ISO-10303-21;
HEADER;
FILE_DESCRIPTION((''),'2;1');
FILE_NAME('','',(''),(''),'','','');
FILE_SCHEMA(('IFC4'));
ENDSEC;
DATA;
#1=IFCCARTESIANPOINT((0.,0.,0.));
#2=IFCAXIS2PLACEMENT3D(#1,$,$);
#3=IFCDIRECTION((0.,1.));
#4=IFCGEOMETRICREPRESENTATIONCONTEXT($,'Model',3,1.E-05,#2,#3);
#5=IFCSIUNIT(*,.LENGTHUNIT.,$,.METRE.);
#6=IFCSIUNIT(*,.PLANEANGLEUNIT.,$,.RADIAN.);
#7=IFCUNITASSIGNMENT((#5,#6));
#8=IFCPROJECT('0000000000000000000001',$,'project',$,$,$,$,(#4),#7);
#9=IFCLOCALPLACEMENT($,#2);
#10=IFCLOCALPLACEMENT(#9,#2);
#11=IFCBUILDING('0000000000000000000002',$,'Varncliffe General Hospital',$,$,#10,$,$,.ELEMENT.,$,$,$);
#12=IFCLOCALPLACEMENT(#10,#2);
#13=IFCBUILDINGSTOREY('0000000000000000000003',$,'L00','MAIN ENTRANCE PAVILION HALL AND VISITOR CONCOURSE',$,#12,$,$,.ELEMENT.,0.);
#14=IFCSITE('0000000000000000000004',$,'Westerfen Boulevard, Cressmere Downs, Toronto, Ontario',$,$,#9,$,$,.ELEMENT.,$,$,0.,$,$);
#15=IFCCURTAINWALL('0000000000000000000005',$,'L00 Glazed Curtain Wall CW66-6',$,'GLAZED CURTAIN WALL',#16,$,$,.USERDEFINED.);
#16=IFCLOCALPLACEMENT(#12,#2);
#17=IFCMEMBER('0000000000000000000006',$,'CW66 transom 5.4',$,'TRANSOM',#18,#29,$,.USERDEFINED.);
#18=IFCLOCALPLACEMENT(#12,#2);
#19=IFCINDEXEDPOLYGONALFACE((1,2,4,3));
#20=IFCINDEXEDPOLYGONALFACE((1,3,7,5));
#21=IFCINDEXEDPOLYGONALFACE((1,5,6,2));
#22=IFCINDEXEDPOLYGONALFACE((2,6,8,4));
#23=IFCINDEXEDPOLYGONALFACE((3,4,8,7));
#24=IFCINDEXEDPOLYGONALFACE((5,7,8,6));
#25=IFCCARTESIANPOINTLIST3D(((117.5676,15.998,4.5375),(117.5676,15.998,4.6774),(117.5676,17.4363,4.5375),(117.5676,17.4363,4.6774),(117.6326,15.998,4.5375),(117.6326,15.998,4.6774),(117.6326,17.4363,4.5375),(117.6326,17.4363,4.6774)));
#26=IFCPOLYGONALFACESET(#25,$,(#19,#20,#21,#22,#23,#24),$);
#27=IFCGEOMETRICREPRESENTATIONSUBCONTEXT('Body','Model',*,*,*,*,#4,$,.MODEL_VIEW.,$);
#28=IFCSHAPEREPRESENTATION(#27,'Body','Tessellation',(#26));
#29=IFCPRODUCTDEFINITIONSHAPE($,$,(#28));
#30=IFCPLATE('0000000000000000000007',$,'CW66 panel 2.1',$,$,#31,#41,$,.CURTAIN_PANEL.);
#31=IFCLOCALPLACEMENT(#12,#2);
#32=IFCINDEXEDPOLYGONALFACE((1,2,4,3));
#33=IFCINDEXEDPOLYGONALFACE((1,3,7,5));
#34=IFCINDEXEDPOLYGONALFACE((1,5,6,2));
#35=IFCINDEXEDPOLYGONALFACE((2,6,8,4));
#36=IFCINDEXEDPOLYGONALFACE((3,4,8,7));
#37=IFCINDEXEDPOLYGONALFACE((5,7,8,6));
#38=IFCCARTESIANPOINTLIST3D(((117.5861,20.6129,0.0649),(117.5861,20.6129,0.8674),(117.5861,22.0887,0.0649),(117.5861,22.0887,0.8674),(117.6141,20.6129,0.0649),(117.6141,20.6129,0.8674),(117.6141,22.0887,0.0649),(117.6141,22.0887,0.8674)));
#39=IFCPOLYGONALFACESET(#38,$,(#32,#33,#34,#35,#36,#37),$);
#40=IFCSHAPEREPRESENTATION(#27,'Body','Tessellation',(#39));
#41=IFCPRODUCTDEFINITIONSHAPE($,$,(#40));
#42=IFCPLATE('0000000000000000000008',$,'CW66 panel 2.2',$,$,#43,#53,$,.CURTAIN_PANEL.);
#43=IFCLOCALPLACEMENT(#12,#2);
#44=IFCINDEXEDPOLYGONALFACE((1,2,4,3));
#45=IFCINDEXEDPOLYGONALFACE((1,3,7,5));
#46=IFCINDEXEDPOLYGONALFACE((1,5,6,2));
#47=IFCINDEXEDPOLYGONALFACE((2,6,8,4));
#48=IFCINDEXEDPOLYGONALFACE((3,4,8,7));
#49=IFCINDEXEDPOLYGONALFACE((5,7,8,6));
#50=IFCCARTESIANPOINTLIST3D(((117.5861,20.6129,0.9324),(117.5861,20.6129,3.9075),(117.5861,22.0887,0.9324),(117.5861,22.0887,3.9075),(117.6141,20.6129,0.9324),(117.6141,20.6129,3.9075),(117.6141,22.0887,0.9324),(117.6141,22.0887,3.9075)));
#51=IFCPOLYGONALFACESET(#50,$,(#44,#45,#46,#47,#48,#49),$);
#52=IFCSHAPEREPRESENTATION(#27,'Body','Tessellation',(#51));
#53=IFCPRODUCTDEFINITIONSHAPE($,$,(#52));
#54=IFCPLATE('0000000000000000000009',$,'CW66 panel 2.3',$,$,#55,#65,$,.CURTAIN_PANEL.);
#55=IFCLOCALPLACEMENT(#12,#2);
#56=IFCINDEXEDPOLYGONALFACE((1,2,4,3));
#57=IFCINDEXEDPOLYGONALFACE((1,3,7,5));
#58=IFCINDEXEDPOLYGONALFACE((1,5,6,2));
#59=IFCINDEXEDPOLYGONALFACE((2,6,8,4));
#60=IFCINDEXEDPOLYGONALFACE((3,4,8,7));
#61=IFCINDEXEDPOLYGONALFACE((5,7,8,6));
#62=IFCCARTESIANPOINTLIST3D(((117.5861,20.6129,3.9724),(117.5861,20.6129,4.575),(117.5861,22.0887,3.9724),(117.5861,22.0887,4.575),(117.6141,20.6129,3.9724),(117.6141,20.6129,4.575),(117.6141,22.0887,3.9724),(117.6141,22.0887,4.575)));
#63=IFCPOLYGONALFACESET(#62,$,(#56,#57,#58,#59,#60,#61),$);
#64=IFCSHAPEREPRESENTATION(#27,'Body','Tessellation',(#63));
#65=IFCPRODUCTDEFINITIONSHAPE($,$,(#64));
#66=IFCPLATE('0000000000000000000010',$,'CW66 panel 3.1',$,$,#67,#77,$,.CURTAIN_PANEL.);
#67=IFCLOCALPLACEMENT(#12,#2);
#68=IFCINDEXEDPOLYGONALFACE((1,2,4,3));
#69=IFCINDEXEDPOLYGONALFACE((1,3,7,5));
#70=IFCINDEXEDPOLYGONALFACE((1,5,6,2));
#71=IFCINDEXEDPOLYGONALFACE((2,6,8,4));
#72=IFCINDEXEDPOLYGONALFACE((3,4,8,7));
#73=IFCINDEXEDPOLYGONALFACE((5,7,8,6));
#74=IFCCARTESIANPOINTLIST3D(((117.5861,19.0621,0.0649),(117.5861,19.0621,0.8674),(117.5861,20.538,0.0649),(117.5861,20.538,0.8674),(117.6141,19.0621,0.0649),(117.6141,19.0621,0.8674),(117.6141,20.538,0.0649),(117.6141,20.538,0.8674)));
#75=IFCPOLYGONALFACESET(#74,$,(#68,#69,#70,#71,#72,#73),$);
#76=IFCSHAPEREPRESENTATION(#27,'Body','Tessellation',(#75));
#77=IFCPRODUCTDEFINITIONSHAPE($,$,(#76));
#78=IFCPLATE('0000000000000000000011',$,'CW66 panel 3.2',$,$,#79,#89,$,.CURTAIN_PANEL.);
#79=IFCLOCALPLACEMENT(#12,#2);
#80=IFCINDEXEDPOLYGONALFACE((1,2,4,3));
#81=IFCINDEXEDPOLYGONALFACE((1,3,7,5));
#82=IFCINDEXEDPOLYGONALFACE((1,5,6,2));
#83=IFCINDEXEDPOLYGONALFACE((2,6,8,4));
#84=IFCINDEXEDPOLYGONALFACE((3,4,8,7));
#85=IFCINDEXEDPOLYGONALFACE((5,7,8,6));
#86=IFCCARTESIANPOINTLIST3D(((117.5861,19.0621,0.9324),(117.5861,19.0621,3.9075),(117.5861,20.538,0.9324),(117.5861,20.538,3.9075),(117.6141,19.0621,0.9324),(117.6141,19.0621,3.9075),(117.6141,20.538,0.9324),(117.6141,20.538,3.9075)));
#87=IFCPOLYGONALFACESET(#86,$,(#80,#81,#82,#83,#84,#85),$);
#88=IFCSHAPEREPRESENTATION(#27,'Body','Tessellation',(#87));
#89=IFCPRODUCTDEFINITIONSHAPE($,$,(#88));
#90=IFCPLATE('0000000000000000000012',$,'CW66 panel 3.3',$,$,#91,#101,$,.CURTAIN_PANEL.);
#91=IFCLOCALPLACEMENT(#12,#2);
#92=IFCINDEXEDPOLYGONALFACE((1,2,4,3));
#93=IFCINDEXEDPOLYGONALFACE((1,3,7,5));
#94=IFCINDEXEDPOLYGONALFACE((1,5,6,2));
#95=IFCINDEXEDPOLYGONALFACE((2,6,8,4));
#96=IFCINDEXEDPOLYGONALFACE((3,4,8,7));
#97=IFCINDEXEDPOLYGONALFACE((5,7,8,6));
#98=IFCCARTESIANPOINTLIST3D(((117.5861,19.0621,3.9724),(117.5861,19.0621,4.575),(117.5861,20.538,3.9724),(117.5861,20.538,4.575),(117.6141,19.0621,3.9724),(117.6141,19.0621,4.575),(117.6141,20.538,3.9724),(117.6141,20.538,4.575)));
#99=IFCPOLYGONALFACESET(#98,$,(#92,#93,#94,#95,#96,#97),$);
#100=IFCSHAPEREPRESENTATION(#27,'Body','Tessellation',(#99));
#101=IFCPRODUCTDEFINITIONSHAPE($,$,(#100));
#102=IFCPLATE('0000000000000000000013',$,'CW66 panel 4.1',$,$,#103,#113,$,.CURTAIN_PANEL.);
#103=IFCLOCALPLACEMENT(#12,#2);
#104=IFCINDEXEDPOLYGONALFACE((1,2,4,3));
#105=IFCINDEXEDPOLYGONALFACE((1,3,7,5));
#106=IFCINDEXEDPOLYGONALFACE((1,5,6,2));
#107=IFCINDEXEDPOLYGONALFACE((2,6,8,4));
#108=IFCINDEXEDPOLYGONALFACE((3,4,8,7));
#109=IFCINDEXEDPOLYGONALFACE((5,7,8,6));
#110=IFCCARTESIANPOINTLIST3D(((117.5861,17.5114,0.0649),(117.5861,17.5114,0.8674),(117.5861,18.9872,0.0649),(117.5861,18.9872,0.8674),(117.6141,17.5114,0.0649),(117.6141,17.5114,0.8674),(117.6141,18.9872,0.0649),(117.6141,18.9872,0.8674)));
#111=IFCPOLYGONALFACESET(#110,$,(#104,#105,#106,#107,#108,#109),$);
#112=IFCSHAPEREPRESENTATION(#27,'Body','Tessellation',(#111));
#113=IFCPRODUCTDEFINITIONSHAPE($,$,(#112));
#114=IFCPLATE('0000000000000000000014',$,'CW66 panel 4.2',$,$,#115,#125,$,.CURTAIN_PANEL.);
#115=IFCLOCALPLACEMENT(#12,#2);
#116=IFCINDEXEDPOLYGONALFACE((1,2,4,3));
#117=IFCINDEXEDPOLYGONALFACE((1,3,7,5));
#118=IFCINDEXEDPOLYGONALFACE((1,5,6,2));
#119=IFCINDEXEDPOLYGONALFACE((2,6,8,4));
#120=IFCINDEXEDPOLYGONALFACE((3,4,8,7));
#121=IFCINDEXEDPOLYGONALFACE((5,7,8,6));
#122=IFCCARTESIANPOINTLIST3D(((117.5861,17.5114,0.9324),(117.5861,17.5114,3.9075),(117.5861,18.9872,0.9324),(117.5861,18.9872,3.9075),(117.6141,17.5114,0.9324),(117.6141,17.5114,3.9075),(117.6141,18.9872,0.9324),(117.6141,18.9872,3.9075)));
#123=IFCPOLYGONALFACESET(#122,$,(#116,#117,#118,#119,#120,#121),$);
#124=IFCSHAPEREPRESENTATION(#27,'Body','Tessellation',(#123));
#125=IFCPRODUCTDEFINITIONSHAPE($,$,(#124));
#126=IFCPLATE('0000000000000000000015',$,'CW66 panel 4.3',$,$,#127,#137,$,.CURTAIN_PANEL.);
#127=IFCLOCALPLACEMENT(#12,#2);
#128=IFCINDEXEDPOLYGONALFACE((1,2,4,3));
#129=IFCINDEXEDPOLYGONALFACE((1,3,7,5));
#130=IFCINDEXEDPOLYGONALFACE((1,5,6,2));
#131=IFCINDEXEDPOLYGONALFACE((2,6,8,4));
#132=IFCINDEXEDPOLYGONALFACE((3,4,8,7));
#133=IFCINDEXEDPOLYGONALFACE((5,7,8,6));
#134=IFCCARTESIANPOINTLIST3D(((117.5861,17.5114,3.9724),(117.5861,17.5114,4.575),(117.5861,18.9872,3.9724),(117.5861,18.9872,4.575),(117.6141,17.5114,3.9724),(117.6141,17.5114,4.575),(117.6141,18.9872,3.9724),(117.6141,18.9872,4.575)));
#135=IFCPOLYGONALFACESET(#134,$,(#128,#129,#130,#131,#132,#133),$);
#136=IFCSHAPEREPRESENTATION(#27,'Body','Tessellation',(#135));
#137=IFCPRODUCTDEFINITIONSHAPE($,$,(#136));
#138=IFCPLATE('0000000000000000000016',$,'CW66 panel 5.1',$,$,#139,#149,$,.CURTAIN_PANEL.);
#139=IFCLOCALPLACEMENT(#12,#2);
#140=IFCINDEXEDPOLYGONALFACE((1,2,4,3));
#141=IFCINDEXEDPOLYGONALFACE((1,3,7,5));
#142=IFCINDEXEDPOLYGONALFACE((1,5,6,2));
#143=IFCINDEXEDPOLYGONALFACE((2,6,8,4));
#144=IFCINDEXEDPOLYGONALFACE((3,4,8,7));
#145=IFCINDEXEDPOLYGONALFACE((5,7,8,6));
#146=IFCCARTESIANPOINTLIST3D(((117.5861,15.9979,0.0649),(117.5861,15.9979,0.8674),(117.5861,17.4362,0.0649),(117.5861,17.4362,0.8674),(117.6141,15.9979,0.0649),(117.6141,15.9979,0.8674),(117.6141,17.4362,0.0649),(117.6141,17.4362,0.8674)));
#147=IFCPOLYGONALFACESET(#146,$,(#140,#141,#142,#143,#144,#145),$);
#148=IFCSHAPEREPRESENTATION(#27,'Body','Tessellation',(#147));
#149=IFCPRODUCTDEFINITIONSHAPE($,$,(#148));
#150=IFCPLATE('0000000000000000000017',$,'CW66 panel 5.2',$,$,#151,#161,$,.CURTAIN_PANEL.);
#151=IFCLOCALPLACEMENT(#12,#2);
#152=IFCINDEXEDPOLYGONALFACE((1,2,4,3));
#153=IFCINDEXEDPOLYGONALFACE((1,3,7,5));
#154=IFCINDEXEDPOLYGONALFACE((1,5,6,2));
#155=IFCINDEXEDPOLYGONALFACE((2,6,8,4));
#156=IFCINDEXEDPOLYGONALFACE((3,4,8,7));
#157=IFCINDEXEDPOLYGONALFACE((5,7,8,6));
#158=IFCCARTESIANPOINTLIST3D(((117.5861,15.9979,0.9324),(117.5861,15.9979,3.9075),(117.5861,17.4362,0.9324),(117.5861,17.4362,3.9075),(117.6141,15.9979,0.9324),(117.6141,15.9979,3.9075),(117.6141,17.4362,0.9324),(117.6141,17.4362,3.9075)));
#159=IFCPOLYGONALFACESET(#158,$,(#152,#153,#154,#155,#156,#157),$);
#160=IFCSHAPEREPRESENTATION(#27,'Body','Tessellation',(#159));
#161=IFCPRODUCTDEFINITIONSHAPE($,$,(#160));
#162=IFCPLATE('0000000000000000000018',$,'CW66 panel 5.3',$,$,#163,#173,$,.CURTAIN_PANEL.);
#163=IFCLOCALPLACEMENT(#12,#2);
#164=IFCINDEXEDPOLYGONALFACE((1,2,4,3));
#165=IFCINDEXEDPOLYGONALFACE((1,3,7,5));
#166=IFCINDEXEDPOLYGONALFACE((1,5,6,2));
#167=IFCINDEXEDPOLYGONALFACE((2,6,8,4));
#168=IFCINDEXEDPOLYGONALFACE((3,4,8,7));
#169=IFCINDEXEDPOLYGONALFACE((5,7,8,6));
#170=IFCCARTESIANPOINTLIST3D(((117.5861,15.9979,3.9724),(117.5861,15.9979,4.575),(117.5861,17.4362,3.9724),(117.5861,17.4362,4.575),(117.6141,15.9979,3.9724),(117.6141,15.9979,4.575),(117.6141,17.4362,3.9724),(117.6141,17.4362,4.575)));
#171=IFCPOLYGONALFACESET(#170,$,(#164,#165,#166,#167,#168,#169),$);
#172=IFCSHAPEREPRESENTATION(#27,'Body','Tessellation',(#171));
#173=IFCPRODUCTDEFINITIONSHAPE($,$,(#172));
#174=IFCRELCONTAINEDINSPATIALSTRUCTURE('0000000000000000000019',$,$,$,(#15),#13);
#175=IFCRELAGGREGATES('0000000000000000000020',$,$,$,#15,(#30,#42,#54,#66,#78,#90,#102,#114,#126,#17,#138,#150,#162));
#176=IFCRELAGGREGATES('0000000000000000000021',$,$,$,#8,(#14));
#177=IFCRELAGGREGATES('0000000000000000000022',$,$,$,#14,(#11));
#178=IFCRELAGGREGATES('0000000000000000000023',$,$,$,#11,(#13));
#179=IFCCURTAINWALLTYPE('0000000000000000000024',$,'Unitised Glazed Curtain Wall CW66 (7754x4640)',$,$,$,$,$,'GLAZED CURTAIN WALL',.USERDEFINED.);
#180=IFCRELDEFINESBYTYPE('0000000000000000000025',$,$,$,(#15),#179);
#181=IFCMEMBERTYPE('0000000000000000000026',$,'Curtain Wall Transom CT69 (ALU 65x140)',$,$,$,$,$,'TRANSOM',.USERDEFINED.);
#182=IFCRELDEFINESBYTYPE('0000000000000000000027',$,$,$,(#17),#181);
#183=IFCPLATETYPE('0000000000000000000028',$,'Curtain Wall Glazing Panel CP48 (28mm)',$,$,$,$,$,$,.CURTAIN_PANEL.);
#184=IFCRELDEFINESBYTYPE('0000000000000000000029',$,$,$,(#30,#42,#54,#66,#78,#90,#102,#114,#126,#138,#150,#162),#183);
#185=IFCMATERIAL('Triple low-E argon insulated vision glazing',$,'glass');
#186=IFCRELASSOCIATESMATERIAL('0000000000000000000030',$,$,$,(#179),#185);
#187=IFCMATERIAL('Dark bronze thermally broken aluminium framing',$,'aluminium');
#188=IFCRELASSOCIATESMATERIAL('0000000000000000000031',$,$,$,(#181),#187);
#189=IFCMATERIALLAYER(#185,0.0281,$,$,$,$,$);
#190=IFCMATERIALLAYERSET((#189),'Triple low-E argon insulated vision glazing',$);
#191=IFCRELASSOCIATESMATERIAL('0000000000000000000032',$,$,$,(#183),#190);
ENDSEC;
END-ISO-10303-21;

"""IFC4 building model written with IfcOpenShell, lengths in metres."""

from ifc_helpers import new_model, si_unit, direction, frame, origin, origin_2d, place, context, subcontext, project, spatial, rectangle, extrude, material, layer, layer_set, material_profile, profile_set, type_object, element, aggregate, save


model = new_model("IFC4")

# Units and contexts
model_context = context("Model", 3, precision=1e-05, world=origin(), true_north=direction((0.0, 1.0)))
body_context = subcontext(model_context, "Body", "Model", "MODEL_VIEW")
ifc_project = project(units=[si_unit("LENGTHUNIT", "METRE"), si_unit("PLANEANGLEUNIT", "RADIAN")], contexts=[model_context])

# Site, building, storey
site_placement = place(None, origin())
site = spatial("IfcSite", under=ifc_project, at=site_placement, Name="Westerfen Boulevard, Cressmere Downs, Toronto, Ontario", CompositionType="ELEMENT", RefElevation=0.0)
building_placement = place(site_placement, origin())
building = spatial("IfcBuilding", under=site, at=building_placement, Name="Varncliffe General Hospital", CompositionType="ELEMENT")
storey_placement = place(building_placement, origin())
storey = spatial("IfcBuildingStorey", under=building, at=storey_placement, Name="L00", Description="MAIN ENTRANCE PAVILION HALL AND VISITOR CONCOURSE", CompositionType="ELEMENT", Elevation=0.0)

# Curtain wall, member, plates
ifc_material_1 = material(Name="Triple low-E argon insulated vision glazing", Category="glass")
curtain_wall_type = type_object("IfcCurtainWallType", Name="Unitised Glazed Curtain Wall CW66 (7754x4640)", ElementType="GLAZED CURTAIN WALL", PredefinedType="USERDEFINED", material=ifc_material_1)
curtain_wall_placement = place(storey_placement, origin())
curtain_wall = element("IfcCurtainWall", 1, at=curtain_wall_placement, inside=storey, type_object=curtain_wall_type, Name="L00 Glazed Curtain Wall CW66-6", ObjectType="GLAZED CURTAIN WALL", PredefinedType="USERDEFINED")
ifc_material_2 = material(Name="Dark bronze thermally broken aluminium framing", Category="aluminium")
ifc_material_profile_1 = material_profile(ifc_material_2, rectangle(XDim=0.0649, YDim=0.1399, at=origin_2d()), Name="ALU 65x140")
ifc_profile_set_1 = profile_set([ifc_material_profile_1], Name="Dark bronze thermally broken aluminium framing")
member_type_1 = type_object("IfcMemberType", Name="Curtain Wall Transom CT69 (ALU 65x140)", ElementType="TRANSOM", PredefinedType="USERDEFINED", material=ifc_profile_set_1)
member_1_placement = place(storey_placement, frame((117.6001, 17.4363, 4.6074), z_axis=(0.0, -1.0, 0.0), x_axis=(1.0, 0.0, 0.0)))
member_1 = element("IfcMember", 2, at=member_1_placement, type_object=member_type_1, Name="CW66 transom 5.4", ObjectType="TRANSOM", PredefinedType="USERDEFINED", context=body_context, shape_type="SweptSolid", body=[
    extrude(rectangle(XDim=0.0649, YDim=0.1399, at=origin_2d()), origin(), (0.0, 0.0, 1.0), 1.4382),
])
ifc_layer = layer(ifc_material_1, 0.0281)
ifc_layer_set = layer_set([ifc_layer], Name="Triple low-E argon insulated vision glazing")
plate_type = type_object("IfcPlateType", Name="Curtain Wall Glazing Panel CP48 (28mm)", PredefinedType="CURTAIN_PANEL", material=ifc_layer_set)
plate_1_placement = place(storey_placement, frame((117.6001, 21.3508, 0.0649), z_axis=(0.0, 0.0, 1.0), x_axis=(0.0, -1.0, 0.0)))
plate_1 = element("IfcPlate", 3, at=plate_1_placement, type_object=plate_type, Name="CW66 panel 2.1", PredefinedType="CURTAIN_PANEL", context=body_context, shape_type="SweptSolid", body=[
    extrude(rectangle(XDim=1.4758, YDim=0.0281, at=origin_2d()), origin(), (0.0, 0.0, 1.0), 0.8025),
])
plate_2_placement = place(storey_placement, frame((117.6001, 21.3508, 0.9324), z_axis=(0.0, 0.0, 1.0), x_axis=(0.0, -1.0, 0.0)))
plate_2 = element("IfcPlate", 4, at=plate_2_placement, type_object=plate_type, Name="CW66 panel 2.2", PredefinedType="CURTAIN_PANEL", context=body_context, shape_type="SweptSolid", body=[
    extrude(rectangle(XDim=1.4758, YDim=0.0281, at=origin_2d()), origin(), (0.0, 0.0, 1.0), 2.9751),
])
plate_3_placement = place(storey_placement, frame((117.6001, 21.3508, 3.9724), z_axis=(0.0, 0.0, 1.0), x_axis=(0.0, -1.0, 0.0)))
plate_3 = element("IfcPlate", 5, at=plate_3_placement, type_object=plate_type, Name="CW66 panel 2.3", PredefinedType="CURTAIN_PANEL", context=body_context, shape_type="SweptSolid", body=[
    extrude(rectangle(XDim=1.4758, YDim=0.0281, at=origin_2d()), origin(), (0.0, 0.0, 1.0), 0.6025),
])
plate_4_placement = place(storey_placement, frame((117.6001, 19.8, 0.0649), z_axis=(0.0, 0.0, 1.0), x_axis=(0.0, -1.0, 0.0)))
plate_4 = element("IfcPlate", 6, at=plate_4_placement, type_object=plate_type, Name="CW66 panel 3.1", PredefinedType="CURTAIN_PANEL", context=body_context, shape_type="SweptSolid", body=[
    extrude(rectangle(XDim=1.4758, YDim=0.0281, at=origin_2d()), origin(), (0.0, 0.0, 1.0), 0.8025),
])
plate_5_placement = place(storey_placement, frame((117.6001, 19.8, 0.9324), z_axis=(0.0, 0.0, 1.0), x_axis=(0.0, -1.0, 0.0)))
plate_5 = element("IfcPlate", 7, at=plate_5_placement, type_object=plate_type, Name="CW66 panel 3.2", PredefinedType="CURTAIN_PANEL", context=body_context, shape_type="SweptSolid", body=[
    extrude(rectangle(XDim=1.4758, YDim=0.0281, at=origin_2d()), origin(), (0.0, 0.0, 1.0), 2.9751),
])
plate_6_placement = place(storey_placement, frame((117.6001, 19.8, 3.9724), z_axis=(0.0, 0.0, 1.0), x_axis=(0.0, -1.0, 0.0)))
plate_6 = element("IfcPlate", 8, at=plate_6_placement, type_object=plate_type, Name="CW66 panel 3.3", PredefinedType="CURTAIN_PANEL", context=body_context, shape_type="SweptSolid", body=[
    extrude(rectangle(XDim=1.4758, YDim=0.0281, at=origin_2d()), origin(), (0.0, 0.0, 1.0), 0.6025),
])
plate_7_placement = place(storey_placement, frame((117.6001, 18.2493, 0.0649), z_axis=(0.0, 0.0, 1.0), x_axis=(0.0, -1.0, 0.0)))
plate_7 = element("IfcPlate", 9, at=plate_7_placement, type_object=plate_type, Name="CW66 panel 4.1", PredefinedType="CURTAIN_PANEL", context=body_context, shape_type="SweptSolid", body=[
    extrude(rectangle(XDim=1.4758, YDim=0.0281, at=origin_2d()), origin(), (0.0, 0.0, 1.0), 0.8025),
])
plate_8_placement = place(storey_placement, frame((117.6001, 18.2493, 0.9324), z_axis=(0.0, 0.0, 1.0), x_axis=(0.0, -1.0, 0.0)))
plate_8 = element("IfcPlate", 10, at=plate_8_placement, type_object=plate_type, Name="CW66 panel 4.2", PredefinedType="CURTAIN_PANEL", context=body_context, shape_type="SweptSolid", body=[
    extrude(rectangle(XDim=1.4758, YDim=0.0281, at=origin_2d()), origin(), (0.0, 0.0, 1.0), 2.9751),
])
plate_9_placement = place(storey_placement, frame((117.6001, 18.2493, 3.9724), z_axis=(0.0, 0.0, 1.0), x_axis=(0.0, -1.0, 0.0)))
plate_9 = element("IfcPlate", 11, at=plate_9_placement, type_object=plate_type, Name="CW66 panel 4.3", PredefinedType="CURTAIN_PANEL", context=body_context, shape_type="SweptSolid", body=[
    extrude(rectangle(XDim=1.4758, YDim=0.0281, at=origin_2d()), origin(), (0.0, 0.0, 1.0), 0.6025),
])
plate_10_placement = place(storey_placement, frame((117.6001, 16.717, 0.0649), z_axis=(0.0, 0.0, 1.0), x_axis=(0.0, -1.0, 0.0)))
plate_10 = element("IfcPlate", 12, at=plate_10_placement, type_object=plate_type, Name="CW66 panel 5.1", PredefinedType="CURTAIN_PANEL", context=body_context, shape_type="SweptSolid", body=[
    extrude(rectangle(XDim=1.4382, YDim=0.0281, at=origin_2d()), origin(), (0.0, 0.0, 1.0), 0.8025),
])
plate_11_placement = place(storey_placement, frame((117.6001, 16.717, 0.9324), z_axis=(0.0, 0.0, 1.0), x_axis=(0.0, -1.0, 0.0)))
plate_11 = element("IfcPlate", 13, at=plate_11_placement, type_object=plate_type, Name="CW66 panel 5.2", PredefinedType="CURTAIN_PANEL", context=body_context, shape_type="SweptSolid", body=[
    extrude(rectangle(XDim=1.4382, YDim=0.0281, at=origin_2d()), origin(), (0.0, 0.0, 1.0), 2.9751),
])
plate_12_placement = place(storey_placement, frame((117.6001, 16.717, 3.9724), z_axis=(0.0, 0.0, 1.0), x_axis=(0.0, -1.0, 0.0)))
plate_12 = element("IfcPlate", 14, at=plate_12_placement, type_object=plate_type, Name="CW66 panel 5.3", PredefinedType="CURTAIN_PANEL", context=body_context, shape_type="SweptSolid", body=[
    extrude(rectangle(XDim=1.4382, YDim=0.0281, at=origin_2d()), origin(), (0.0, 0.0, 1.0), 0.6025),
])
aggregate(curtain_wall, [plate_1, plate_2, plate_3, plate_4, plate_5, plate_6, plate_7, plate_8, plate_9, member_1, plate_10, plate_11, plate_12])

save(model, "model.ifc")
